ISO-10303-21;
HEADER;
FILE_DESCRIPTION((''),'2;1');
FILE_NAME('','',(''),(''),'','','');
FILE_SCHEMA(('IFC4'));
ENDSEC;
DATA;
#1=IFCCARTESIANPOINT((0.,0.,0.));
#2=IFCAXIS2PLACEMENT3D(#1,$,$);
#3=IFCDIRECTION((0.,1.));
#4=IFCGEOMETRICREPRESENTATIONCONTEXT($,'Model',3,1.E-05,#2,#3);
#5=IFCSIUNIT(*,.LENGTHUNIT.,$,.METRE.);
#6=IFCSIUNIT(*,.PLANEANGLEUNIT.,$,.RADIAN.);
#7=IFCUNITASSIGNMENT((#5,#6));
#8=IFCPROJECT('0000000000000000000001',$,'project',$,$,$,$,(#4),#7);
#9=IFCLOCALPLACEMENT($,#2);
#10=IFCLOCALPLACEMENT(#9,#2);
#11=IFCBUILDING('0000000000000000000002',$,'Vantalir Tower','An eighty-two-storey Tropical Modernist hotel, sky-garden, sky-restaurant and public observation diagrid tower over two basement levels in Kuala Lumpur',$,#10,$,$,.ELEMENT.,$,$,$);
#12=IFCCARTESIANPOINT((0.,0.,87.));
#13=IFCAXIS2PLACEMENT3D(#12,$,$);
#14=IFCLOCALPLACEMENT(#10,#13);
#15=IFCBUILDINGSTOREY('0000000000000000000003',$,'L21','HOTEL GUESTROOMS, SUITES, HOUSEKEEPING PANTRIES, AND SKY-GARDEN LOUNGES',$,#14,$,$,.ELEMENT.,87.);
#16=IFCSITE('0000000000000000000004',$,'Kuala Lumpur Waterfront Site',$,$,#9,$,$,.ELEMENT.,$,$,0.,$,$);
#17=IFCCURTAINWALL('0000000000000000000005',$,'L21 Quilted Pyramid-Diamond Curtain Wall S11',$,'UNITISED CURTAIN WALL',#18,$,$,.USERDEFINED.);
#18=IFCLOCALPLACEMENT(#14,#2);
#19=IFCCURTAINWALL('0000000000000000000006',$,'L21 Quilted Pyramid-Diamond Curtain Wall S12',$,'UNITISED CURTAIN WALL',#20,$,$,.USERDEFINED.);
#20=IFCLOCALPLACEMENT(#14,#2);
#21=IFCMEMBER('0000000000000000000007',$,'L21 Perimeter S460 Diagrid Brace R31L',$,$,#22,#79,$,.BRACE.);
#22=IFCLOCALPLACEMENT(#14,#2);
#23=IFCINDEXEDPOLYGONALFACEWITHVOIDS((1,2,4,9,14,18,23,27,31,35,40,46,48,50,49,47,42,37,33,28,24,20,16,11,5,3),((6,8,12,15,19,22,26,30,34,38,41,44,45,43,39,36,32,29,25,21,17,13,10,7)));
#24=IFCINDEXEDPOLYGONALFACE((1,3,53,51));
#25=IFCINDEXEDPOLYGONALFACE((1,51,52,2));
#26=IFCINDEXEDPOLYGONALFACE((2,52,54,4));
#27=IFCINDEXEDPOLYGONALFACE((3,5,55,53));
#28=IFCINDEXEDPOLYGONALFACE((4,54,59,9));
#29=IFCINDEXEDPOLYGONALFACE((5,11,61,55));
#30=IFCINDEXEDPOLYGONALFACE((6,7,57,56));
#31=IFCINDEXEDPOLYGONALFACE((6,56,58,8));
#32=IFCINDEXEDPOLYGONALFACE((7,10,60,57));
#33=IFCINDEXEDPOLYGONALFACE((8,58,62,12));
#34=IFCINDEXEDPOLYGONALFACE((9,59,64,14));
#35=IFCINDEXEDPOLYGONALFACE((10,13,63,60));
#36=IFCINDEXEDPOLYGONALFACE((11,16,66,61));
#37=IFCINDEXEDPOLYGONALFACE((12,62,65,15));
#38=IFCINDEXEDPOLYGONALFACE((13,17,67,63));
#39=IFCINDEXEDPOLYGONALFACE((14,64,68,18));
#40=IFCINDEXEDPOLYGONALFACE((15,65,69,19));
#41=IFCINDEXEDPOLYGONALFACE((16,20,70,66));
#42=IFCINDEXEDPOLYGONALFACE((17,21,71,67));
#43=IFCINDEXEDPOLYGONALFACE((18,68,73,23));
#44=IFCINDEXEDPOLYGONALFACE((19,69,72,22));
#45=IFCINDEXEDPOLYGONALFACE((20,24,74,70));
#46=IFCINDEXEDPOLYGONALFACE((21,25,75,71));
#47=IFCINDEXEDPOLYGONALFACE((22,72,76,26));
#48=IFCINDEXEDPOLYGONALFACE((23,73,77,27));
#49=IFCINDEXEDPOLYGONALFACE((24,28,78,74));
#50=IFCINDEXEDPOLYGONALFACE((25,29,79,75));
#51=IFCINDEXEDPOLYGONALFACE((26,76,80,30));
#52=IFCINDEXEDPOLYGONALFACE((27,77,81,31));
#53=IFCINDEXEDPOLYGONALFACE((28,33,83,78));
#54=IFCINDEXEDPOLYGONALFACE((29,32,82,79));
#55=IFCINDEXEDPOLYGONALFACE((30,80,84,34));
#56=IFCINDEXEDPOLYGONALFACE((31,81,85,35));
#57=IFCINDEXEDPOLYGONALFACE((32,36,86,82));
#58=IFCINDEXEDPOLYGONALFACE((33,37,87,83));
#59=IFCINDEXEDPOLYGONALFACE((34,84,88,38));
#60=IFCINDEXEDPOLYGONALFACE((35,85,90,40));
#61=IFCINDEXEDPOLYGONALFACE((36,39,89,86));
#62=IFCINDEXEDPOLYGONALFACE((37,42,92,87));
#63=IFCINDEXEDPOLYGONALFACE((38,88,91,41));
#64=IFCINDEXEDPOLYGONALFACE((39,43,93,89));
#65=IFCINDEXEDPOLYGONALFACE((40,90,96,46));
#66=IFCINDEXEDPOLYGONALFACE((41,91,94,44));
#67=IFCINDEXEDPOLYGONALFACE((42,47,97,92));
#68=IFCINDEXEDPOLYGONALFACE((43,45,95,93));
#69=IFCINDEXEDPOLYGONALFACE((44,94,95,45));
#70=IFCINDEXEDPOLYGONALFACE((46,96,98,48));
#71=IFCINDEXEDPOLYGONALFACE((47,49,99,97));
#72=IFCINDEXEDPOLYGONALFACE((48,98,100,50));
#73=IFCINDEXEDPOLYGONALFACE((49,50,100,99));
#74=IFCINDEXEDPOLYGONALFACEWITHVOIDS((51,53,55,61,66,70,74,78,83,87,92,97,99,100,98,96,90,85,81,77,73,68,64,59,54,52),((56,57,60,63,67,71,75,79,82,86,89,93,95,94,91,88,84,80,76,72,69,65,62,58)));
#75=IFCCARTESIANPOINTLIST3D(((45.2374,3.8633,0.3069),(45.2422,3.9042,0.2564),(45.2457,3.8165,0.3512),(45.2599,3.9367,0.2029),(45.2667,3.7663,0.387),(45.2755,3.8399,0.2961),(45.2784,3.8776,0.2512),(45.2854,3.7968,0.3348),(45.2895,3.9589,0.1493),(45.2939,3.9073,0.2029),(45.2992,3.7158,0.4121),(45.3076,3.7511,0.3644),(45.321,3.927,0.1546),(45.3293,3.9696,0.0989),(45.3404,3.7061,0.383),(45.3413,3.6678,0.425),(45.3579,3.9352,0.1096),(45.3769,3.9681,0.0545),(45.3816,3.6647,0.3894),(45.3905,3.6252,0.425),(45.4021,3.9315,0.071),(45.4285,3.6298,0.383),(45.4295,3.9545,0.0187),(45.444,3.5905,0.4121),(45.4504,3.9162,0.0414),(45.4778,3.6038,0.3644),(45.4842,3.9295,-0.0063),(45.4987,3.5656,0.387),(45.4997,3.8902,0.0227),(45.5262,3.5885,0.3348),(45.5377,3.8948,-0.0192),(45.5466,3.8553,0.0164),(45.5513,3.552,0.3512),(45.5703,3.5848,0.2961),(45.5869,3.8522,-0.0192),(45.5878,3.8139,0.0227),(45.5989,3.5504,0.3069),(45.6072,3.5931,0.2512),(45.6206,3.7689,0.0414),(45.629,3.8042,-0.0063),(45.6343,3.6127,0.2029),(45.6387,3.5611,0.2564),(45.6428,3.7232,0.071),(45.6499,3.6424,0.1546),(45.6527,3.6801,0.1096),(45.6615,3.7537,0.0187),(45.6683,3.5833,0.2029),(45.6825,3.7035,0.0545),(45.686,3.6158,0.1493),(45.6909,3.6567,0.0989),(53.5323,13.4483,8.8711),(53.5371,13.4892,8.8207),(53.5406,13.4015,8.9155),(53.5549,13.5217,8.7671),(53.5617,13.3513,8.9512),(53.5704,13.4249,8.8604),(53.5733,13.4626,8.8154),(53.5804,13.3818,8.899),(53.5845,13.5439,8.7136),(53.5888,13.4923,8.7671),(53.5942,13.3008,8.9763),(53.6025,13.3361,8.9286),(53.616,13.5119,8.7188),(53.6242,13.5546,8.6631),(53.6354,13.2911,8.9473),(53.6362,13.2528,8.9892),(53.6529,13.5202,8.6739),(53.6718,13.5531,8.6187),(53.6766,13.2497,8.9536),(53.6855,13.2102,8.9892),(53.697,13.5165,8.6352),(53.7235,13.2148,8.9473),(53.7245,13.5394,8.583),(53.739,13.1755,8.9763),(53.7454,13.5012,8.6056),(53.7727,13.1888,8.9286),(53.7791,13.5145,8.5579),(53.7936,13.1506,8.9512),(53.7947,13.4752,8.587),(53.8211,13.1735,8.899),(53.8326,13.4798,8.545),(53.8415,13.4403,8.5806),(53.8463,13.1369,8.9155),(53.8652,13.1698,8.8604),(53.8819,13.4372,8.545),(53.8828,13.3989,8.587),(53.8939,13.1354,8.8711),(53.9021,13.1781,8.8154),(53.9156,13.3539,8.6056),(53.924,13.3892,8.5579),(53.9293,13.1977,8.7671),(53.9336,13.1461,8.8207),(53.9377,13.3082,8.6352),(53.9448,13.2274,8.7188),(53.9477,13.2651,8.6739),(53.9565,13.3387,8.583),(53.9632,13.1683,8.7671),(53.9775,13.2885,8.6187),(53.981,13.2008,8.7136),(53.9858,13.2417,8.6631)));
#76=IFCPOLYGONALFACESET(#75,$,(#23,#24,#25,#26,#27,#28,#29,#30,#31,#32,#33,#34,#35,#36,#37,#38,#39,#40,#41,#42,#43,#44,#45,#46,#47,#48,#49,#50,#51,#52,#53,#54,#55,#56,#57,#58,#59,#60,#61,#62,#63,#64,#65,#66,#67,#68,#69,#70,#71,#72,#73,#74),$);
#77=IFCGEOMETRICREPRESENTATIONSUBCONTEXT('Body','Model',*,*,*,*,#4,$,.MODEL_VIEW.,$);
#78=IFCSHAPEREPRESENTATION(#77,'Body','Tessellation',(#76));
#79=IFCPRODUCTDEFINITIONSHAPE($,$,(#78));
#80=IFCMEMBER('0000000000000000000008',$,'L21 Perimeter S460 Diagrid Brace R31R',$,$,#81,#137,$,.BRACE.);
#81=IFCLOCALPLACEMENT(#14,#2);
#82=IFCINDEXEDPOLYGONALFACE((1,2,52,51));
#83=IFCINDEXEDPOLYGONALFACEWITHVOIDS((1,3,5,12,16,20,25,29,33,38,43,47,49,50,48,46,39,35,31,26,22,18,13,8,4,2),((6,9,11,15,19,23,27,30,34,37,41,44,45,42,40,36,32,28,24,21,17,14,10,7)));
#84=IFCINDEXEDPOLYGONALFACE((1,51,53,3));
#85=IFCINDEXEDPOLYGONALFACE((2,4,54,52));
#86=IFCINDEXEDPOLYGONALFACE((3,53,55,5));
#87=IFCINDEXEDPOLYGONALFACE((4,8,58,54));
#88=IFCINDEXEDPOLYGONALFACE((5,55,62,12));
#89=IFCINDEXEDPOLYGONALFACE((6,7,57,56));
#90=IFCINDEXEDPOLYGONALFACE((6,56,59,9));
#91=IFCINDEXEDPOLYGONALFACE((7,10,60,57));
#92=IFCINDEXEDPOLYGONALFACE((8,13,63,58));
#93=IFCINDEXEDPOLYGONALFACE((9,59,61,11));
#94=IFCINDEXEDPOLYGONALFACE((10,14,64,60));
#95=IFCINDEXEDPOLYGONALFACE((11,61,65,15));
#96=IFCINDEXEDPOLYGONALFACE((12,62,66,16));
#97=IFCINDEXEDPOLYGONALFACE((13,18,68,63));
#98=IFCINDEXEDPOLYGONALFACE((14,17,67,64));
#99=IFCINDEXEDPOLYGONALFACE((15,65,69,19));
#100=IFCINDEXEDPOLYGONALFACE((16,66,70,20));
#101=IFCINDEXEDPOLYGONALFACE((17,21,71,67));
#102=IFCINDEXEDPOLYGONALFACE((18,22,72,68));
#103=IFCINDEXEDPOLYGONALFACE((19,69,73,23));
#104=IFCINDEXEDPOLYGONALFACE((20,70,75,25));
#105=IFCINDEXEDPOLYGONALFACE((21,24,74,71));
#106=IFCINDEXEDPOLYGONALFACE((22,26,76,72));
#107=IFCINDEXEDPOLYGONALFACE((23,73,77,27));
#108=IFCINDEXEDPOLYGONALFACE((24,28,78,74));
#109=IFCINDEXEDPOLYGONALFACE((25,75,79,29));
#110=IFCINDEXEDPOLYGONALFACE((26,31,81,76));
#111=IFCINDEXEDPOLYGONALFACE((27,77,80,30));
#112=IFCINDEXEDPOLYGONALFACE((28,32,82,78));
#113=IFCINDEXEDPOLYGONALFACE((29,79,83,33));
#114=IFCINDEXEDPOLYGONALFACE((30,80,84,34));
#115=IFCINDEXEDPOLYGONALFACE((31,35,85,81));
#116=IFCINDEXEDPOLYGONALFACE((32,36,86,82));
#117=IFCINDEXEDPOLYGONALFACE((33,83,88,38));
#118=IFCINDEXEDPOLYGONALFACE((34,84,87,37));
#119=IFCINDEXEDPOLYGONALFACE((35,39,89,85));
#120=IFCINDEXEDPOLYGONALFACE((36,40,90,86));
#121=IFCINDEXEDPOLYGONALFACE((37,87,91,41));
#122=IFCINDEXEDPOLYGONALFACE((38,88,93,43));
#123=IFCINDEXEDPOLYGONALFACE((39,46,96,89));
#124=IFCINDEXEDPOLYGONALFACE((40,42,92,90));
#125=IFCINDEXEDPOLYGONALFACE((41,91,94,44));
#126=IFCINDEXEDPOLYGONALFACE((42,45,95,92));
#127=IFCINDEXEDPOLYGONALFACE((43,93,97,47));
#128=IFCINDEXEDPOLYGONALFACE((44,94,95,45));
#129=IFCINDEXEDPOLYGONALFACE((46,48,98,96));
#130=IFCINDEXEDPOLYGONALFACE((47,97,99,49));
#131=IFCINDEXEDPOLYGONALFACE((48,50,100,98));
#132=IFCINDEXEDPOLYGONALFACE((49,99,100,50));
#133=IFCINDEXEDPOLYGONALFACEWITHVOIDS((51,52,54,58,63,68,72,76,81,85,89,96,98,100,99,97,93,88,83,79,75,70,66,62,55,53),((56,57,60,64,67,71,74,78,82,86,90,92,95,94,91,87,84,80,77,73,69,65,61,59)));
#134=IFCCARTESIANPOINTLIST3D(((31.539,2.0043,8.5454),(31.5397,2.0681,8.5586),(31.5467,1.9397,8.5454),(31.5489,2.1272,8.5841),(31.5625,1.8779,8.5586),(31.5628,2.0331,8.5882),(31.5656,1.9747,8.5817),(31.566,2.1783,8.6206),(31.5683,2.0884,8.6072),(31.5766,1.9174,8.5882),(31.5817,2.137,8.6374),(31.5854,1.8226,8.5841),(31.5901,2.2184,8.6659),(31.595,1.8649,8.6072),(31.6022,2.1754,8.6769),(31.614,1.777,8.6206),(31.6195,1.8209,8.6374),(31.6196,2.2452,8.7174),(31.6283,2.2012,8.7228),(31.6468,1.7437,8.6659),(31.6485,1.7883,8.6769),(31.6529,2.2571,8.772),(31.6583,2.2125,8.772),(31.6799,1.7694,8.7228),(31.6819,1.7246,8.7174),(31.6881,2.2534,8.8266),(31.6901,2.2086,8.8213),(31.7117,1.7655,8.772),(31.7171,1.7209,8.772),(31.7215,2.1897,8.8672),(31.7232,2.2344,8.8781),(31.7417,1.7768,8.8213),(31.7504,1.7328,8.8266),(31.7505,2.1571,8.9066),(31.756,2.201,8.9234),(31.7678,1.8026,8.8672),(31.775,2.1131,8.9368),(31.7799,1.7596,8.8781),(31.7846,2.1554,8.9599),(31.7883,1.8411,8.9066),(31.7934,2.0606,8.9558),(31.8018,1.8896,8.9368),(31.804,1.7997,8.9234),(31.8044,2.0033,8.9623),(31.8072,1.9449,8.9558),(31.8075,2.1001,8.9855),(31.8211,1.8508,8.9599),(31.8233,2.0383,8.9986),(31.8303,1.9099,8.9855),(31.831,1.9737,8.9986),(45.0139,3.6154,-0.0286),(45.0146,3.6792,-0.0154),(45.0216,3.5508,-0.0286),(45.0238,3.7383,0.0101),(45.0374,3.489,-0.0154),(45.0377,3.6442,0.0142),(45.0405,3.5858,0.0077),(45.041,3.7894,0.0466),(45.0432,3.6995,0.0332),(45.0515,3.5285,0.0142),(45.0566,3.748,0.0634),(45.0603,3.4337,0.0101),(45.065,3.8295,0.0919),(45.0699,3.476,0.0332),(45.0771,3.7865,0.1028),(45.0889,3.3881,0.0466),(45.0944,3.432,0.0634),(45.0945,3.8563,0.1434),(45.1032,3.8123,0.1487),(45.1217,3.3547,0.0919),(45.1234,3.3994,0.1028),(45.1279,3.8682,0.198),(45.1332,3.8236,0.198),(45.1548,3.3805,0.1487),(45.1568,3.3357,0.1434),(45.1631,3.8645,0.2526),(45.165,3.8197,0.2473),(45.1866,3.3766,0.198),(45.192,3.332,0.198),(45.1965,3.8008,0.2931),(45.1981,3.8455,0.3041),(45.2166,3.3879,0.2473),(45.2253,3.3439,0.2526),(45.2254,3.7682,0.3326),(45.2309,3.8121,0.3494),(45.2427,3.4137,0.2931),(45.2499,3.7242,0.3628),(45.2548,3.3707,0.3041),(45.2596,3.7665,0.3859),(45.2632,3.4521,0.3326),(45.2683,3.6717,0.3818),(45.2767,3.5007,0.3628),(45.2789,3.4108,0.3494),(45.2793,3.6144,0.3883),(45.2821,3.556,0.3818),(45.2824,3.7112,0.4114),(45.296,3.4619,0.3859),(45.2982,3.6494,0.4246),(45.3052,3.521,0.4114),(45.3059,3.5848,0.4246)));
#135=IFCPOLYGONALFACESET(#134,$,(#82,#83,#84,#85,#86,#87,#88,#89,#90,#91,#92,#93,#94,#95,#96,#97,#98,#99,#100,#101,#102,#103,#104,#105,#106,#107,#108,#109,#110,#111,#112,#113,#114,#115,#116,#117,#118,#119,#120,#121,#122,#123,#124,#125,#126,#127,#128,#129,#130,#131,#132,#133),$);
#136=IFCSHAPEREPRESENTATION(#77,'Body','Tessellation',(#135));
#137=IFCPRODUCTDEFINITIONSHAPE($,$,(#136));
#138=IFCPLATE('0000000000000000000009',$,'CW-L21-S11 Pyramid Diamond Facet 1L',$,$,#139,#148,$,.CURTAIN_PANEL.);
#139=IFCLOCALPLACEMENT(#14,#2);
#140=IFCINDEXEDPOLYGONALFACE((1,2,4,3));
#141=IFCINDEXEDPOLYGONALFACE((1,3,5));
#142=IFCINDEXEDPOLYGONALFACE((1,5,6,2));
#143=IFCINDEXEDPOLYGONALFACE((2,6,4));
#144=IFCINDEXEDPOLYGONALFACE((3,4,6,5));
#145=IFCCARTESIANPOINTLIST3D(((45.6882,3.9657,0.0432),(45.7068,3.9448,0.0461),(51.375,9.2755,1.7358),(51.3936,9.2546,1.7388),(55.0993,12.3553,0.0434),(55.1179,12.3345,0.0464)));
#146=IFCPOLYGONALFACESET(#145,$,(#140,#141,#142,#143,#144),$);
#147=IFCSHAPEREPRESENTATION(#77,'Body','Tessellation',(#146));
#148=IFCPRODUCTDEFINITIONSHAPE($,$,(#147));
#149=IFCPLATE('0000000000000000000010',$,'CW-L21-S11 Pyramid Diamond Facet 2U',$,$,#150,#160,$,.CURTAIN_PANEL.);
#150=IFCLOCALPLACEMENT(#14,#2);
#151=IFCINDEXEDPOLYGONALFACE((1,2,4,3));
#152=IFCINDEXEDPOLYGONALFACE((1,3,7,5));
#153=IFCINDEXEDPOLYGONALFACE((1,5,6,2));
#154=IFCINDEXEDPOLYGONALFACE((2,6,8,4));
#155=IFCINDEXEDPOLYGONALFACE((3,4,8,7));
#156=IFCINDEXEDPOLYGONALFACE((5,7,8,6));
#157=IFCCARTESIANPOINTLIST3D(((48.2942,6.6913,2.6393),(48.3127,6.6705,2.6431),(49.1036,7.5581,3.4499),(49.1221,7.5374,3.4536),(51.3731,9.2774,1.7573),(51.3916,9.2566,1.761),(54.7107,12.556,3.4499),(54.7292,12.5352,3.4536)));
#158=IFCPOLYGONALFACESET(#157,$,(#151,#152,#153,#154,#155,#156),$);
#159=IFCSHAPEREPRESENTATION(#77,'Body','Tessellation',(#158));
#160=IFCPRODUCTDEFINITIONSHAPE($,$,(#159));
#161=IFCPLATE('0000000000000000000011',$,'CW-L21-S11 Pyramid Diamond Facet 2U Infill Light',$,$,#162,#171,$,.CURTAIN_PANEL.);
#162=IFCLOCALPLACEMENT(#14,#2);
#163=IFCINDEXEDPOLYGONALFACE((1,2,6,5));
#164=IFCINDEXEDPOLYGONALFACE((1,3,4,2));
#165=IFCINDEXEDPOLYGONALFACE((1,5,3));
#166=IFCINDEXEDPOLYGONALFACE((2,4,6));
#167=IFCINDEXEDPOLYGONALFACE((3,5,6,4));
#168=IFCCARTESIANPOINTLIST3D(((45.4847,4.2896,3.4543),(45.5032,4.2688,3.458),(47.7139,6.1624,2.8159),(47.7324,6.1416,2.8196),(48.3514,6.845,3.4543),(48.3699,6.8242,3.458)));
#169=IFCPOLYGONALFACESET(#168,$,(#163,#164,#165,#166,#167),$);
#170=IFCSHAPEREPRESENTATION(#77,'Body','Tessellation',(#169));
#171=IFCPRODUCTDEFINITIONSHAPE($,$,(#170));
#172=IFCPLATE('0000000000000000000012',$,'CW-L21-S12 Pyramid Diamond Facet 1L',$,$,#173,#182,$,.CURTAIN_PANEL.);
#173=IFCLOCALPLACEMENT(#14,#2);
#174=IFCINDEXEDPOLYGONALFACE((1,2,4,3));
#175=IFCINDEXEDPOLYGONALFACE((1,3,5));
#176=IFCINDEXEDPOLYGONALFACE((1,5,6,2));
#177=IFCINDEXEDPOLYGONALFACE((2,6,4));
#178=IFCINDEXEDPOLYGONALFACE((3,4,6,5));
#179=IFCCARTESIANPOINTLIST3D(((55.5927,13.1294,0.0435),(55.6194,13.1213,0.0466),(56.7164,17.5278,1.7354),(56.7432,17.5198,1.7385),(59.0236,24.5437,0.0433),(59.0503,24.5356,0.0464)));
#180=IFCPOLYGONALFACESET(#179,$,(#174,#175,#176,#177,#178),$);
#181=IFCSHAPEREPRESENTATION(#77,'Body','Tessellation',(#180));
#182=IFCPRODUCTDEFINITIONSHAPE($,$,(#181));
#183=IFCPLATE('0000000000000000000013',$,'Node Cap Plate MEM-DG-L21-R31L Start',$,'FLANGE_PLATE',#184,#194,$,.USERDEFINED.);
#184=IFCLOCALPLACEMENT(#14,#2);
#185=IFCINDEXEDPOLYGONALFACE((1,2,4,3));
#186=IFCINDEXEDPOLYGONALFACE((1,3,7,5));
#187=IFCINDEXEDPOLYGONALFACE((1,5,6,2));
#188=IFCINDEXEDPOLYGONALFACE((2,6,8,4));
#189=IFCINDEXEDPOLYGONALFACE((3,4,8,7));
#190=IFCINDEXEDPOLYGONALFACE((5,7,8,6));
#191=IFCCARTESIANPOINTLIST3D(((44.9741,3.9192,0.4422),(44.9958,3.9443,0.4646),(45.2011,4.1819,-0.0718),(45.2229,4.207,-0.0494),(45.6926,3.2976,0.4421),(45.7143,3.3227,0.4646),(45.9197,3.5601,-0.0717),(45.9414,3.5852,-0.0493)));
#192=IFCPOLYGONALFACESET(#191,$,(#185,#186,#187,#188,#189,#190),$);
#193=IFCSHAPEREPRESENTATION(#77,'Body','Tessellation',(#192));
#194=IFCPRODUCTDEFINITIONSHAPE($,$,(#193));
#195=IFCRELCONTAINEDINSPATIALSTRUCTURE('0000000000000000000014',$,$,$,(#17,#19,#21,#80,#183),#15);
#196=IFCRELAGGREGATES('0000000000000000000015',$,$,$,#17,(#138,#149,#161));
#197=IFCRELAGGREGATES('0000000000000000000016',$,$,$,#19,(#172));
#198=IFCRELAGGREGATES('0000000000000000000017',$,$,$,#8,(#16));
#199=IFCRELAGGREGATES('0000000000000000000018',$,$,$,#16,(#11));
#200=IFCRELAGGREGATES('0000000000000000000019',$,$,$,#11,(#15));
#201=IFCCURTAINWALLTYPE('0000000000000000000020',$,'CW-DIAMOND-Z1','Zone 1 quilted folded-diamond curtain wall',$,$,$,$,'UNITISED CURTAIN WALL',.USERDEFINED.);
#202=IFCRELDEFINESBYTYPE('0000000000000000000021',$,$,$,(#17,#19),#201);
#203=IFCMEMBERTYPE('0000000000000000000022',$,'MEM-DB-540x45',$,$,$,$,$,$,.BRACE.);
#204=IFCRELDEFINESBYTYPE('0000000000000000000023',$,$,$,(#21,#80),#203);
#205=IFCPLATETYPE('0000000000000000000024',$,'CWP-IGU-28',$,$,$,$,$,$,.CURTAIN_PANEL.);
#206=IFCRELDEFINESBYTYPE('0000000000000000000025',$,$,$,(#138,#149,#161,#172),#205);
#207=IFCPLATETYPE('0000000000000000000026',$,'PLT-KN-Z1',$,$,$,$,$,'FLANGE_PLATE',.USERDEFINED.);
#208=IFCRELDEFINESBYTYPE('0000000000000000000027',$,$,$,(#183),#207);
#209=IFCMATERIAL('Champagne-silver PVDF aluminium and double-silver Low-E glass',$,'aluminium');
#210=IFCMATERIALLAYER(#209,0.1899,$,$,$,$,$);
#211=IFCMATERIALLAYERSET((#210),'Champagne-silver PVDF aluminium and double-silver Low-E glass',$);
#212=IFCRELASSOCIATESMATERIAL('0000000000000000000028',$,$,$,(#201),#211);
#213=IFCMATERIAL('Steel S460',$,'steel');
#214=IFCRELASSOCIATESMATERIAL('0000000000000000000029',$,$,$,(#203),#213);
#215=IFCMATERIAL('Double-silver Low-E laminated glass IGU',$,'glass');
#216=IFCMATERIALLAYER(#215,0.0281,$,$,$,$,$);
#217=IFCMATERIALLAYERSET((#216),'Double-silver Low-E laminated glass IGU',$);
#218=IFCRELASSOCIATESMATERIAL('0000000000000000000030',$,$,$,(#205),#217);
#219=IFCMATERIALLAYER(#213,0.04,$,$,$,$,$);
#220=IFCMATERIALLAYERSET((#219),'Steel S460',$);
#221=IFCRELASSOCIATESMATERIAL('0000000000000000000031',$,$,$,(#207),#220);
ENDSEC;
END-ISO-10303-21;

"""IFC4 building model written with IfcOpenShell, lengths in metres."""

from ifc_helpers import new_model, si_unit, direction, frame, origin, origin_2d, place, context, subcontext, project, spatial, polyline, hollow_circle, outline, extrude, material, layer, layer_set, material_profile, profile_set, type_object, element, aggregate, save


model = new_model("IFC4")

# Units and contexts
model_context = context("Model", 3, precision=1e-05, world=origin(), true_north=direction((0.0, 1.0)))
body_context = subcontext(model_context, "Body", "Model", "MODEL_VIEW")
ifc_project = project(units=[si_unit("LENGTHUNIT", "METRE"), si_unit("PLANEANGLEUNIT", "RADIAN")], contexts=[model_context])

# Site, building, storey
site_placement = place(None, origin())
site = spatial("IfcSite", under=ifc_project, at=site_placement, Name="Kuala Lumpur Waterfront Site", CompositionType="ELEMENT", RefElevation=0.0)
building_placement = place(site_placement, origin())
building = spatial("IfcBuilding", under=site, at=building_placement, Name="Vantalir Tower", Description="An eighty-two-storey Tropical Modernist hotel, sky-garden, sky-restaurant and public observation diagrid tower over two basement levels in Kuala Lumpur", CompositionType="ELEMENT")
storey_placement = place(building_placement, frame((0.0, 0.0, 87.0)))
storey = spatial("IfcBuildingStorey", under=building, at=storey_placement, Name="L21", Description="HOTEL GUESTROOMS, SUITES, HOUSEKEEPING PANTRIES, AND SKY-GARDEN LOUNGES", CompositionType="ELEMENT", Elevation=87.0)

# Shared definitions
ifc_material_1 = material(Name="Steel S460", Category="steel")

# Shared definitions
ifc_material_2 = material(Name="Champagne-silver PVDF aluminium and double-silver Low-E glass", Category="aluminium")
ifc_layer_1 = layer(ifc_material_2, 0.1899)
ifc_layer_set_1 = layer_set([ifc_layer_1], Name="Champagne-silver PVDF aluminium and double-silver Low-E glass")
curtain_wall_type = type_object("IfcCurtainWallType", Name="CW-DIAMOND-Z1", Description="Zone 1 quilted folded-diamond curtain wall", ElementType="UNITISED CURTAIN WALL", PredefinedType="USERDEFINED", material=ifc_layer_set_1)

# Curtain wall
curtain_wall_1_placement = place(storey_placement, origin())
curtain_wall_1 = element("IfcCurtainWall", 1, at=curtain_wall_1_placement, inside=storey, type_object=curtain_wall_type, Name="L21 Quilted Pyramid-Diamond Curtain Wall S11", ObjectType="UNITISED CURTAIN WALL", PredefinedType="USERDEFINED")

# Curtain wall
curtain_wall_2_placement = place(storey_placement, origin())
curtain_wall_2 = element("IfcCurtainWall", 2, at=curtain_wall_2_placement, inside=storey, type_object=curtain_wall_type, Name="L21 Quilted Pyramid-Diamond Curtain Wall S12", ObjectType="UNITISED CURTAIN WALL", PredefinedType="USERDEFINED")

# Members
ifc_material_profile_1 = material_profile(ifc_material_1, hollow_circle(Radius=0.27, WallThickness=0.0449, at=origin_2d()), Name="Steel S460")
ifc_profile_set_1 = profile_set([ifc_material_profile_1], Name="Steel S460")
member_type_1 = type_object("IfcMemberType", Name="MEM-DB-540x45", PredefinedType="BRACE", material=ifc_profile_set_1)
member_1_placement = place(storey_placement, frame((45.4641, 3.76, 0.2029), z_axis=(0.542229, 0.626558, 0.559832), x_axis=(-0.756159, 0.654388, 0.0)))
element("IfcMember", 3, at=member_1_placement, inside=storey, type_object=member_type_1, Name="L21 Perimeter S460 Diagrid Brace R31L", PredefinedType="BRACE", context=body_context, shape_type="SweptSolid", body=[
    extrude(hollow_circle(Radius=0.27, WallThickness=0.0449, at=origin_2d()), origin(), (0.0, 0.0, 1.0), 15.2979),
])
member_2_placement = place(storey_placement, frame((45.1599, 3.6001, 0.198), z_axis=(-0.839428, -0.100364, 0.534123), x_axis=(0.118717, -0.992928, 0.0)))
element("IfcMember", 4, at=member_2_placement, inside=storey, type_object=member_type_1, Name="L21 Perimeter S460 Diagrid Brace R31R", PredefinedType="BRACE", context=body_context, shape_type="SweptSolid", body=[
    extrude(hollow_circle(Radius=0.27, WallThickness=0.0449, at=origin_2d()), origin(), (0.0, 0.0, 1.0), 16.0525),
])

# Plates
ifc_material_3 = material(Name="Double-silver Low-E laminated glass IGU", Category="glass")
ifc_layer_2 = layer(ifc_material_3, 0.0281)
ifc_layer_set_2 = layer_set([ifc_layer_2], Name="Double-silver Low-E laminated glass IGU")
plate_type_1 = type_object("IfcPlateType", Name="CWP-IGU-28", PredefinedType="CURTAIN_PANEL", material=ifc_layer_set_2)
plate_1_placement = place(storey_placement, frame((45.7068, 3.9448, 0.0461), z_axis=(0.661728, -0.7423, 0.105388), x_axis=(0.746456, 0.665435, 0.000019)))
plate_1 = element("IfcPlate", 5, at=plate_1_placement, type_object=plate_type_1, Name="CW-L21-S11 Pyramid Diamond Facet 1L", PredefinedType="CURTAIN_PANEL", context=body_context, shape_type="SweptSolid", body=[
    extrude(outline(polyline([(0.0, 0.0), (12.6078, 0.0), (7.7783, 1.702), (0.0, 0.0)])), origin(), (0.0, 0.0, -1.0), 0.0281),
])
plate_2_placement = place(storey_placement, frame((49.1221, 7.5374, 3.4536), z_axis=(0.659498, -0.739891, 0.132753), x_axis=(0.746499, 0.665387, -0.000002)))
plate_2 = element("IfcPlate", 6, at=plate_2_placement, type_object=plate_type_1, Name="CW-L21-S11 Pyramid Diamond Facet 2U", PredefinedType="CURTAIN_PANEL", context=body_context, shape_type="SweptSolid", body=[
    extrude(outline(polyline([(0.0, 0.0), (7.5112, 0.0), (2.8382, -1.7077), (-1.181, -0.8178), (0.0, 0.0)])), origin(), (0.0, 0.0, -1.0), 0.0281),
])
plate_3_placement = place(storey_placement, frame((45.5032, 4.2688, 3.458), z_axis=(0.659544, -0.739884, 0.132561), x_axis=(0.746472, 0.665417, 0.0)))
plate_3 = element("IfcPlate", 7, at=plate_3_placement, type_object=plate_type_1, Name="CW-L21-S11 Pyramid Diamond Facet 2U Infill Light", PredefinedType="CURTAIN_PANEL", context=body_context, shape_type="SweptSolid", body=[
    extrude(outline(polyline([(0.0, 0.0), (3.8403, 0.0), (2.9103, -0.6441), (0.0, 0.0)])), origin(), (0.0, 0.0, -1.0), 0.0281),
])
aggregate(curtain_wall_1, [plate_1, plate_2, plate_3])
plate_4_placement = place(storey_placement, frame((55.6194, 13.1213, 0.0466), z_axis=(0.951698, -0.286059, 0.111539), x_axis=(0.287857, 0.957673, -0.00002)))
plate_4 = element("IfcPlate", 8, at=plate_4_placement, type_object=plate_type_1, Name="CW-L21-S12 Pyramid Diamond Facet 1L", PredefinedType="CURTAIN_PANEL", context=body_context, shape_type="SweptSolid", body=[
    extrude(outline(polyline([(0.0, 0.0), (11.9188, 0.0), (4.5357, 1.7026), (0.0, 0.0)])), origin(), (0.0, 0.0, -1.0), 0.0281),
])
aggregate(curtain_wall_2, [plate_4])

# Plate
ifc_layer_3 = layer(ifc_material_1, 0.04)
ifc_layer_set_3 = layer_set([ifc_layer_3], Name="Steel S460")
plate_type_2 = type_object("IfcPlateType", Name="PLT-KN-Z1", ElementType="FLANGE_PLATE", PredefinedType="USERDEFINED", material=ifc_layer_set_3)
plate_5_placement = place(storey_placement, frame((45.9414, 3.5852, -0.0493), z_axis=(0.542225, 0.626652, 0.559731), x_axis=(-0.75619, 0.654352, -0.000045)))
element("IfcPlate", 9, at=plate_5_placement, inside=storey, type_object=plate_type_2, Name="Node Cap Plate MEM-DG-L21-R31L Start", ObjectType="FLANGE_PLATE", PredefinedType="USERDEFINED", context=body_context, shape_type="SweptSolid", body=[
    extrude(outline(polyline([(0.0, 0.0), (0.9502, 0.0), (0.95, 0.6202), (-0.0001, 0.6201), (0.0, 0.0)])), origin(), (0.0, 0.0, -1.0), 0.04),
])

save(model, "model.ifc")
